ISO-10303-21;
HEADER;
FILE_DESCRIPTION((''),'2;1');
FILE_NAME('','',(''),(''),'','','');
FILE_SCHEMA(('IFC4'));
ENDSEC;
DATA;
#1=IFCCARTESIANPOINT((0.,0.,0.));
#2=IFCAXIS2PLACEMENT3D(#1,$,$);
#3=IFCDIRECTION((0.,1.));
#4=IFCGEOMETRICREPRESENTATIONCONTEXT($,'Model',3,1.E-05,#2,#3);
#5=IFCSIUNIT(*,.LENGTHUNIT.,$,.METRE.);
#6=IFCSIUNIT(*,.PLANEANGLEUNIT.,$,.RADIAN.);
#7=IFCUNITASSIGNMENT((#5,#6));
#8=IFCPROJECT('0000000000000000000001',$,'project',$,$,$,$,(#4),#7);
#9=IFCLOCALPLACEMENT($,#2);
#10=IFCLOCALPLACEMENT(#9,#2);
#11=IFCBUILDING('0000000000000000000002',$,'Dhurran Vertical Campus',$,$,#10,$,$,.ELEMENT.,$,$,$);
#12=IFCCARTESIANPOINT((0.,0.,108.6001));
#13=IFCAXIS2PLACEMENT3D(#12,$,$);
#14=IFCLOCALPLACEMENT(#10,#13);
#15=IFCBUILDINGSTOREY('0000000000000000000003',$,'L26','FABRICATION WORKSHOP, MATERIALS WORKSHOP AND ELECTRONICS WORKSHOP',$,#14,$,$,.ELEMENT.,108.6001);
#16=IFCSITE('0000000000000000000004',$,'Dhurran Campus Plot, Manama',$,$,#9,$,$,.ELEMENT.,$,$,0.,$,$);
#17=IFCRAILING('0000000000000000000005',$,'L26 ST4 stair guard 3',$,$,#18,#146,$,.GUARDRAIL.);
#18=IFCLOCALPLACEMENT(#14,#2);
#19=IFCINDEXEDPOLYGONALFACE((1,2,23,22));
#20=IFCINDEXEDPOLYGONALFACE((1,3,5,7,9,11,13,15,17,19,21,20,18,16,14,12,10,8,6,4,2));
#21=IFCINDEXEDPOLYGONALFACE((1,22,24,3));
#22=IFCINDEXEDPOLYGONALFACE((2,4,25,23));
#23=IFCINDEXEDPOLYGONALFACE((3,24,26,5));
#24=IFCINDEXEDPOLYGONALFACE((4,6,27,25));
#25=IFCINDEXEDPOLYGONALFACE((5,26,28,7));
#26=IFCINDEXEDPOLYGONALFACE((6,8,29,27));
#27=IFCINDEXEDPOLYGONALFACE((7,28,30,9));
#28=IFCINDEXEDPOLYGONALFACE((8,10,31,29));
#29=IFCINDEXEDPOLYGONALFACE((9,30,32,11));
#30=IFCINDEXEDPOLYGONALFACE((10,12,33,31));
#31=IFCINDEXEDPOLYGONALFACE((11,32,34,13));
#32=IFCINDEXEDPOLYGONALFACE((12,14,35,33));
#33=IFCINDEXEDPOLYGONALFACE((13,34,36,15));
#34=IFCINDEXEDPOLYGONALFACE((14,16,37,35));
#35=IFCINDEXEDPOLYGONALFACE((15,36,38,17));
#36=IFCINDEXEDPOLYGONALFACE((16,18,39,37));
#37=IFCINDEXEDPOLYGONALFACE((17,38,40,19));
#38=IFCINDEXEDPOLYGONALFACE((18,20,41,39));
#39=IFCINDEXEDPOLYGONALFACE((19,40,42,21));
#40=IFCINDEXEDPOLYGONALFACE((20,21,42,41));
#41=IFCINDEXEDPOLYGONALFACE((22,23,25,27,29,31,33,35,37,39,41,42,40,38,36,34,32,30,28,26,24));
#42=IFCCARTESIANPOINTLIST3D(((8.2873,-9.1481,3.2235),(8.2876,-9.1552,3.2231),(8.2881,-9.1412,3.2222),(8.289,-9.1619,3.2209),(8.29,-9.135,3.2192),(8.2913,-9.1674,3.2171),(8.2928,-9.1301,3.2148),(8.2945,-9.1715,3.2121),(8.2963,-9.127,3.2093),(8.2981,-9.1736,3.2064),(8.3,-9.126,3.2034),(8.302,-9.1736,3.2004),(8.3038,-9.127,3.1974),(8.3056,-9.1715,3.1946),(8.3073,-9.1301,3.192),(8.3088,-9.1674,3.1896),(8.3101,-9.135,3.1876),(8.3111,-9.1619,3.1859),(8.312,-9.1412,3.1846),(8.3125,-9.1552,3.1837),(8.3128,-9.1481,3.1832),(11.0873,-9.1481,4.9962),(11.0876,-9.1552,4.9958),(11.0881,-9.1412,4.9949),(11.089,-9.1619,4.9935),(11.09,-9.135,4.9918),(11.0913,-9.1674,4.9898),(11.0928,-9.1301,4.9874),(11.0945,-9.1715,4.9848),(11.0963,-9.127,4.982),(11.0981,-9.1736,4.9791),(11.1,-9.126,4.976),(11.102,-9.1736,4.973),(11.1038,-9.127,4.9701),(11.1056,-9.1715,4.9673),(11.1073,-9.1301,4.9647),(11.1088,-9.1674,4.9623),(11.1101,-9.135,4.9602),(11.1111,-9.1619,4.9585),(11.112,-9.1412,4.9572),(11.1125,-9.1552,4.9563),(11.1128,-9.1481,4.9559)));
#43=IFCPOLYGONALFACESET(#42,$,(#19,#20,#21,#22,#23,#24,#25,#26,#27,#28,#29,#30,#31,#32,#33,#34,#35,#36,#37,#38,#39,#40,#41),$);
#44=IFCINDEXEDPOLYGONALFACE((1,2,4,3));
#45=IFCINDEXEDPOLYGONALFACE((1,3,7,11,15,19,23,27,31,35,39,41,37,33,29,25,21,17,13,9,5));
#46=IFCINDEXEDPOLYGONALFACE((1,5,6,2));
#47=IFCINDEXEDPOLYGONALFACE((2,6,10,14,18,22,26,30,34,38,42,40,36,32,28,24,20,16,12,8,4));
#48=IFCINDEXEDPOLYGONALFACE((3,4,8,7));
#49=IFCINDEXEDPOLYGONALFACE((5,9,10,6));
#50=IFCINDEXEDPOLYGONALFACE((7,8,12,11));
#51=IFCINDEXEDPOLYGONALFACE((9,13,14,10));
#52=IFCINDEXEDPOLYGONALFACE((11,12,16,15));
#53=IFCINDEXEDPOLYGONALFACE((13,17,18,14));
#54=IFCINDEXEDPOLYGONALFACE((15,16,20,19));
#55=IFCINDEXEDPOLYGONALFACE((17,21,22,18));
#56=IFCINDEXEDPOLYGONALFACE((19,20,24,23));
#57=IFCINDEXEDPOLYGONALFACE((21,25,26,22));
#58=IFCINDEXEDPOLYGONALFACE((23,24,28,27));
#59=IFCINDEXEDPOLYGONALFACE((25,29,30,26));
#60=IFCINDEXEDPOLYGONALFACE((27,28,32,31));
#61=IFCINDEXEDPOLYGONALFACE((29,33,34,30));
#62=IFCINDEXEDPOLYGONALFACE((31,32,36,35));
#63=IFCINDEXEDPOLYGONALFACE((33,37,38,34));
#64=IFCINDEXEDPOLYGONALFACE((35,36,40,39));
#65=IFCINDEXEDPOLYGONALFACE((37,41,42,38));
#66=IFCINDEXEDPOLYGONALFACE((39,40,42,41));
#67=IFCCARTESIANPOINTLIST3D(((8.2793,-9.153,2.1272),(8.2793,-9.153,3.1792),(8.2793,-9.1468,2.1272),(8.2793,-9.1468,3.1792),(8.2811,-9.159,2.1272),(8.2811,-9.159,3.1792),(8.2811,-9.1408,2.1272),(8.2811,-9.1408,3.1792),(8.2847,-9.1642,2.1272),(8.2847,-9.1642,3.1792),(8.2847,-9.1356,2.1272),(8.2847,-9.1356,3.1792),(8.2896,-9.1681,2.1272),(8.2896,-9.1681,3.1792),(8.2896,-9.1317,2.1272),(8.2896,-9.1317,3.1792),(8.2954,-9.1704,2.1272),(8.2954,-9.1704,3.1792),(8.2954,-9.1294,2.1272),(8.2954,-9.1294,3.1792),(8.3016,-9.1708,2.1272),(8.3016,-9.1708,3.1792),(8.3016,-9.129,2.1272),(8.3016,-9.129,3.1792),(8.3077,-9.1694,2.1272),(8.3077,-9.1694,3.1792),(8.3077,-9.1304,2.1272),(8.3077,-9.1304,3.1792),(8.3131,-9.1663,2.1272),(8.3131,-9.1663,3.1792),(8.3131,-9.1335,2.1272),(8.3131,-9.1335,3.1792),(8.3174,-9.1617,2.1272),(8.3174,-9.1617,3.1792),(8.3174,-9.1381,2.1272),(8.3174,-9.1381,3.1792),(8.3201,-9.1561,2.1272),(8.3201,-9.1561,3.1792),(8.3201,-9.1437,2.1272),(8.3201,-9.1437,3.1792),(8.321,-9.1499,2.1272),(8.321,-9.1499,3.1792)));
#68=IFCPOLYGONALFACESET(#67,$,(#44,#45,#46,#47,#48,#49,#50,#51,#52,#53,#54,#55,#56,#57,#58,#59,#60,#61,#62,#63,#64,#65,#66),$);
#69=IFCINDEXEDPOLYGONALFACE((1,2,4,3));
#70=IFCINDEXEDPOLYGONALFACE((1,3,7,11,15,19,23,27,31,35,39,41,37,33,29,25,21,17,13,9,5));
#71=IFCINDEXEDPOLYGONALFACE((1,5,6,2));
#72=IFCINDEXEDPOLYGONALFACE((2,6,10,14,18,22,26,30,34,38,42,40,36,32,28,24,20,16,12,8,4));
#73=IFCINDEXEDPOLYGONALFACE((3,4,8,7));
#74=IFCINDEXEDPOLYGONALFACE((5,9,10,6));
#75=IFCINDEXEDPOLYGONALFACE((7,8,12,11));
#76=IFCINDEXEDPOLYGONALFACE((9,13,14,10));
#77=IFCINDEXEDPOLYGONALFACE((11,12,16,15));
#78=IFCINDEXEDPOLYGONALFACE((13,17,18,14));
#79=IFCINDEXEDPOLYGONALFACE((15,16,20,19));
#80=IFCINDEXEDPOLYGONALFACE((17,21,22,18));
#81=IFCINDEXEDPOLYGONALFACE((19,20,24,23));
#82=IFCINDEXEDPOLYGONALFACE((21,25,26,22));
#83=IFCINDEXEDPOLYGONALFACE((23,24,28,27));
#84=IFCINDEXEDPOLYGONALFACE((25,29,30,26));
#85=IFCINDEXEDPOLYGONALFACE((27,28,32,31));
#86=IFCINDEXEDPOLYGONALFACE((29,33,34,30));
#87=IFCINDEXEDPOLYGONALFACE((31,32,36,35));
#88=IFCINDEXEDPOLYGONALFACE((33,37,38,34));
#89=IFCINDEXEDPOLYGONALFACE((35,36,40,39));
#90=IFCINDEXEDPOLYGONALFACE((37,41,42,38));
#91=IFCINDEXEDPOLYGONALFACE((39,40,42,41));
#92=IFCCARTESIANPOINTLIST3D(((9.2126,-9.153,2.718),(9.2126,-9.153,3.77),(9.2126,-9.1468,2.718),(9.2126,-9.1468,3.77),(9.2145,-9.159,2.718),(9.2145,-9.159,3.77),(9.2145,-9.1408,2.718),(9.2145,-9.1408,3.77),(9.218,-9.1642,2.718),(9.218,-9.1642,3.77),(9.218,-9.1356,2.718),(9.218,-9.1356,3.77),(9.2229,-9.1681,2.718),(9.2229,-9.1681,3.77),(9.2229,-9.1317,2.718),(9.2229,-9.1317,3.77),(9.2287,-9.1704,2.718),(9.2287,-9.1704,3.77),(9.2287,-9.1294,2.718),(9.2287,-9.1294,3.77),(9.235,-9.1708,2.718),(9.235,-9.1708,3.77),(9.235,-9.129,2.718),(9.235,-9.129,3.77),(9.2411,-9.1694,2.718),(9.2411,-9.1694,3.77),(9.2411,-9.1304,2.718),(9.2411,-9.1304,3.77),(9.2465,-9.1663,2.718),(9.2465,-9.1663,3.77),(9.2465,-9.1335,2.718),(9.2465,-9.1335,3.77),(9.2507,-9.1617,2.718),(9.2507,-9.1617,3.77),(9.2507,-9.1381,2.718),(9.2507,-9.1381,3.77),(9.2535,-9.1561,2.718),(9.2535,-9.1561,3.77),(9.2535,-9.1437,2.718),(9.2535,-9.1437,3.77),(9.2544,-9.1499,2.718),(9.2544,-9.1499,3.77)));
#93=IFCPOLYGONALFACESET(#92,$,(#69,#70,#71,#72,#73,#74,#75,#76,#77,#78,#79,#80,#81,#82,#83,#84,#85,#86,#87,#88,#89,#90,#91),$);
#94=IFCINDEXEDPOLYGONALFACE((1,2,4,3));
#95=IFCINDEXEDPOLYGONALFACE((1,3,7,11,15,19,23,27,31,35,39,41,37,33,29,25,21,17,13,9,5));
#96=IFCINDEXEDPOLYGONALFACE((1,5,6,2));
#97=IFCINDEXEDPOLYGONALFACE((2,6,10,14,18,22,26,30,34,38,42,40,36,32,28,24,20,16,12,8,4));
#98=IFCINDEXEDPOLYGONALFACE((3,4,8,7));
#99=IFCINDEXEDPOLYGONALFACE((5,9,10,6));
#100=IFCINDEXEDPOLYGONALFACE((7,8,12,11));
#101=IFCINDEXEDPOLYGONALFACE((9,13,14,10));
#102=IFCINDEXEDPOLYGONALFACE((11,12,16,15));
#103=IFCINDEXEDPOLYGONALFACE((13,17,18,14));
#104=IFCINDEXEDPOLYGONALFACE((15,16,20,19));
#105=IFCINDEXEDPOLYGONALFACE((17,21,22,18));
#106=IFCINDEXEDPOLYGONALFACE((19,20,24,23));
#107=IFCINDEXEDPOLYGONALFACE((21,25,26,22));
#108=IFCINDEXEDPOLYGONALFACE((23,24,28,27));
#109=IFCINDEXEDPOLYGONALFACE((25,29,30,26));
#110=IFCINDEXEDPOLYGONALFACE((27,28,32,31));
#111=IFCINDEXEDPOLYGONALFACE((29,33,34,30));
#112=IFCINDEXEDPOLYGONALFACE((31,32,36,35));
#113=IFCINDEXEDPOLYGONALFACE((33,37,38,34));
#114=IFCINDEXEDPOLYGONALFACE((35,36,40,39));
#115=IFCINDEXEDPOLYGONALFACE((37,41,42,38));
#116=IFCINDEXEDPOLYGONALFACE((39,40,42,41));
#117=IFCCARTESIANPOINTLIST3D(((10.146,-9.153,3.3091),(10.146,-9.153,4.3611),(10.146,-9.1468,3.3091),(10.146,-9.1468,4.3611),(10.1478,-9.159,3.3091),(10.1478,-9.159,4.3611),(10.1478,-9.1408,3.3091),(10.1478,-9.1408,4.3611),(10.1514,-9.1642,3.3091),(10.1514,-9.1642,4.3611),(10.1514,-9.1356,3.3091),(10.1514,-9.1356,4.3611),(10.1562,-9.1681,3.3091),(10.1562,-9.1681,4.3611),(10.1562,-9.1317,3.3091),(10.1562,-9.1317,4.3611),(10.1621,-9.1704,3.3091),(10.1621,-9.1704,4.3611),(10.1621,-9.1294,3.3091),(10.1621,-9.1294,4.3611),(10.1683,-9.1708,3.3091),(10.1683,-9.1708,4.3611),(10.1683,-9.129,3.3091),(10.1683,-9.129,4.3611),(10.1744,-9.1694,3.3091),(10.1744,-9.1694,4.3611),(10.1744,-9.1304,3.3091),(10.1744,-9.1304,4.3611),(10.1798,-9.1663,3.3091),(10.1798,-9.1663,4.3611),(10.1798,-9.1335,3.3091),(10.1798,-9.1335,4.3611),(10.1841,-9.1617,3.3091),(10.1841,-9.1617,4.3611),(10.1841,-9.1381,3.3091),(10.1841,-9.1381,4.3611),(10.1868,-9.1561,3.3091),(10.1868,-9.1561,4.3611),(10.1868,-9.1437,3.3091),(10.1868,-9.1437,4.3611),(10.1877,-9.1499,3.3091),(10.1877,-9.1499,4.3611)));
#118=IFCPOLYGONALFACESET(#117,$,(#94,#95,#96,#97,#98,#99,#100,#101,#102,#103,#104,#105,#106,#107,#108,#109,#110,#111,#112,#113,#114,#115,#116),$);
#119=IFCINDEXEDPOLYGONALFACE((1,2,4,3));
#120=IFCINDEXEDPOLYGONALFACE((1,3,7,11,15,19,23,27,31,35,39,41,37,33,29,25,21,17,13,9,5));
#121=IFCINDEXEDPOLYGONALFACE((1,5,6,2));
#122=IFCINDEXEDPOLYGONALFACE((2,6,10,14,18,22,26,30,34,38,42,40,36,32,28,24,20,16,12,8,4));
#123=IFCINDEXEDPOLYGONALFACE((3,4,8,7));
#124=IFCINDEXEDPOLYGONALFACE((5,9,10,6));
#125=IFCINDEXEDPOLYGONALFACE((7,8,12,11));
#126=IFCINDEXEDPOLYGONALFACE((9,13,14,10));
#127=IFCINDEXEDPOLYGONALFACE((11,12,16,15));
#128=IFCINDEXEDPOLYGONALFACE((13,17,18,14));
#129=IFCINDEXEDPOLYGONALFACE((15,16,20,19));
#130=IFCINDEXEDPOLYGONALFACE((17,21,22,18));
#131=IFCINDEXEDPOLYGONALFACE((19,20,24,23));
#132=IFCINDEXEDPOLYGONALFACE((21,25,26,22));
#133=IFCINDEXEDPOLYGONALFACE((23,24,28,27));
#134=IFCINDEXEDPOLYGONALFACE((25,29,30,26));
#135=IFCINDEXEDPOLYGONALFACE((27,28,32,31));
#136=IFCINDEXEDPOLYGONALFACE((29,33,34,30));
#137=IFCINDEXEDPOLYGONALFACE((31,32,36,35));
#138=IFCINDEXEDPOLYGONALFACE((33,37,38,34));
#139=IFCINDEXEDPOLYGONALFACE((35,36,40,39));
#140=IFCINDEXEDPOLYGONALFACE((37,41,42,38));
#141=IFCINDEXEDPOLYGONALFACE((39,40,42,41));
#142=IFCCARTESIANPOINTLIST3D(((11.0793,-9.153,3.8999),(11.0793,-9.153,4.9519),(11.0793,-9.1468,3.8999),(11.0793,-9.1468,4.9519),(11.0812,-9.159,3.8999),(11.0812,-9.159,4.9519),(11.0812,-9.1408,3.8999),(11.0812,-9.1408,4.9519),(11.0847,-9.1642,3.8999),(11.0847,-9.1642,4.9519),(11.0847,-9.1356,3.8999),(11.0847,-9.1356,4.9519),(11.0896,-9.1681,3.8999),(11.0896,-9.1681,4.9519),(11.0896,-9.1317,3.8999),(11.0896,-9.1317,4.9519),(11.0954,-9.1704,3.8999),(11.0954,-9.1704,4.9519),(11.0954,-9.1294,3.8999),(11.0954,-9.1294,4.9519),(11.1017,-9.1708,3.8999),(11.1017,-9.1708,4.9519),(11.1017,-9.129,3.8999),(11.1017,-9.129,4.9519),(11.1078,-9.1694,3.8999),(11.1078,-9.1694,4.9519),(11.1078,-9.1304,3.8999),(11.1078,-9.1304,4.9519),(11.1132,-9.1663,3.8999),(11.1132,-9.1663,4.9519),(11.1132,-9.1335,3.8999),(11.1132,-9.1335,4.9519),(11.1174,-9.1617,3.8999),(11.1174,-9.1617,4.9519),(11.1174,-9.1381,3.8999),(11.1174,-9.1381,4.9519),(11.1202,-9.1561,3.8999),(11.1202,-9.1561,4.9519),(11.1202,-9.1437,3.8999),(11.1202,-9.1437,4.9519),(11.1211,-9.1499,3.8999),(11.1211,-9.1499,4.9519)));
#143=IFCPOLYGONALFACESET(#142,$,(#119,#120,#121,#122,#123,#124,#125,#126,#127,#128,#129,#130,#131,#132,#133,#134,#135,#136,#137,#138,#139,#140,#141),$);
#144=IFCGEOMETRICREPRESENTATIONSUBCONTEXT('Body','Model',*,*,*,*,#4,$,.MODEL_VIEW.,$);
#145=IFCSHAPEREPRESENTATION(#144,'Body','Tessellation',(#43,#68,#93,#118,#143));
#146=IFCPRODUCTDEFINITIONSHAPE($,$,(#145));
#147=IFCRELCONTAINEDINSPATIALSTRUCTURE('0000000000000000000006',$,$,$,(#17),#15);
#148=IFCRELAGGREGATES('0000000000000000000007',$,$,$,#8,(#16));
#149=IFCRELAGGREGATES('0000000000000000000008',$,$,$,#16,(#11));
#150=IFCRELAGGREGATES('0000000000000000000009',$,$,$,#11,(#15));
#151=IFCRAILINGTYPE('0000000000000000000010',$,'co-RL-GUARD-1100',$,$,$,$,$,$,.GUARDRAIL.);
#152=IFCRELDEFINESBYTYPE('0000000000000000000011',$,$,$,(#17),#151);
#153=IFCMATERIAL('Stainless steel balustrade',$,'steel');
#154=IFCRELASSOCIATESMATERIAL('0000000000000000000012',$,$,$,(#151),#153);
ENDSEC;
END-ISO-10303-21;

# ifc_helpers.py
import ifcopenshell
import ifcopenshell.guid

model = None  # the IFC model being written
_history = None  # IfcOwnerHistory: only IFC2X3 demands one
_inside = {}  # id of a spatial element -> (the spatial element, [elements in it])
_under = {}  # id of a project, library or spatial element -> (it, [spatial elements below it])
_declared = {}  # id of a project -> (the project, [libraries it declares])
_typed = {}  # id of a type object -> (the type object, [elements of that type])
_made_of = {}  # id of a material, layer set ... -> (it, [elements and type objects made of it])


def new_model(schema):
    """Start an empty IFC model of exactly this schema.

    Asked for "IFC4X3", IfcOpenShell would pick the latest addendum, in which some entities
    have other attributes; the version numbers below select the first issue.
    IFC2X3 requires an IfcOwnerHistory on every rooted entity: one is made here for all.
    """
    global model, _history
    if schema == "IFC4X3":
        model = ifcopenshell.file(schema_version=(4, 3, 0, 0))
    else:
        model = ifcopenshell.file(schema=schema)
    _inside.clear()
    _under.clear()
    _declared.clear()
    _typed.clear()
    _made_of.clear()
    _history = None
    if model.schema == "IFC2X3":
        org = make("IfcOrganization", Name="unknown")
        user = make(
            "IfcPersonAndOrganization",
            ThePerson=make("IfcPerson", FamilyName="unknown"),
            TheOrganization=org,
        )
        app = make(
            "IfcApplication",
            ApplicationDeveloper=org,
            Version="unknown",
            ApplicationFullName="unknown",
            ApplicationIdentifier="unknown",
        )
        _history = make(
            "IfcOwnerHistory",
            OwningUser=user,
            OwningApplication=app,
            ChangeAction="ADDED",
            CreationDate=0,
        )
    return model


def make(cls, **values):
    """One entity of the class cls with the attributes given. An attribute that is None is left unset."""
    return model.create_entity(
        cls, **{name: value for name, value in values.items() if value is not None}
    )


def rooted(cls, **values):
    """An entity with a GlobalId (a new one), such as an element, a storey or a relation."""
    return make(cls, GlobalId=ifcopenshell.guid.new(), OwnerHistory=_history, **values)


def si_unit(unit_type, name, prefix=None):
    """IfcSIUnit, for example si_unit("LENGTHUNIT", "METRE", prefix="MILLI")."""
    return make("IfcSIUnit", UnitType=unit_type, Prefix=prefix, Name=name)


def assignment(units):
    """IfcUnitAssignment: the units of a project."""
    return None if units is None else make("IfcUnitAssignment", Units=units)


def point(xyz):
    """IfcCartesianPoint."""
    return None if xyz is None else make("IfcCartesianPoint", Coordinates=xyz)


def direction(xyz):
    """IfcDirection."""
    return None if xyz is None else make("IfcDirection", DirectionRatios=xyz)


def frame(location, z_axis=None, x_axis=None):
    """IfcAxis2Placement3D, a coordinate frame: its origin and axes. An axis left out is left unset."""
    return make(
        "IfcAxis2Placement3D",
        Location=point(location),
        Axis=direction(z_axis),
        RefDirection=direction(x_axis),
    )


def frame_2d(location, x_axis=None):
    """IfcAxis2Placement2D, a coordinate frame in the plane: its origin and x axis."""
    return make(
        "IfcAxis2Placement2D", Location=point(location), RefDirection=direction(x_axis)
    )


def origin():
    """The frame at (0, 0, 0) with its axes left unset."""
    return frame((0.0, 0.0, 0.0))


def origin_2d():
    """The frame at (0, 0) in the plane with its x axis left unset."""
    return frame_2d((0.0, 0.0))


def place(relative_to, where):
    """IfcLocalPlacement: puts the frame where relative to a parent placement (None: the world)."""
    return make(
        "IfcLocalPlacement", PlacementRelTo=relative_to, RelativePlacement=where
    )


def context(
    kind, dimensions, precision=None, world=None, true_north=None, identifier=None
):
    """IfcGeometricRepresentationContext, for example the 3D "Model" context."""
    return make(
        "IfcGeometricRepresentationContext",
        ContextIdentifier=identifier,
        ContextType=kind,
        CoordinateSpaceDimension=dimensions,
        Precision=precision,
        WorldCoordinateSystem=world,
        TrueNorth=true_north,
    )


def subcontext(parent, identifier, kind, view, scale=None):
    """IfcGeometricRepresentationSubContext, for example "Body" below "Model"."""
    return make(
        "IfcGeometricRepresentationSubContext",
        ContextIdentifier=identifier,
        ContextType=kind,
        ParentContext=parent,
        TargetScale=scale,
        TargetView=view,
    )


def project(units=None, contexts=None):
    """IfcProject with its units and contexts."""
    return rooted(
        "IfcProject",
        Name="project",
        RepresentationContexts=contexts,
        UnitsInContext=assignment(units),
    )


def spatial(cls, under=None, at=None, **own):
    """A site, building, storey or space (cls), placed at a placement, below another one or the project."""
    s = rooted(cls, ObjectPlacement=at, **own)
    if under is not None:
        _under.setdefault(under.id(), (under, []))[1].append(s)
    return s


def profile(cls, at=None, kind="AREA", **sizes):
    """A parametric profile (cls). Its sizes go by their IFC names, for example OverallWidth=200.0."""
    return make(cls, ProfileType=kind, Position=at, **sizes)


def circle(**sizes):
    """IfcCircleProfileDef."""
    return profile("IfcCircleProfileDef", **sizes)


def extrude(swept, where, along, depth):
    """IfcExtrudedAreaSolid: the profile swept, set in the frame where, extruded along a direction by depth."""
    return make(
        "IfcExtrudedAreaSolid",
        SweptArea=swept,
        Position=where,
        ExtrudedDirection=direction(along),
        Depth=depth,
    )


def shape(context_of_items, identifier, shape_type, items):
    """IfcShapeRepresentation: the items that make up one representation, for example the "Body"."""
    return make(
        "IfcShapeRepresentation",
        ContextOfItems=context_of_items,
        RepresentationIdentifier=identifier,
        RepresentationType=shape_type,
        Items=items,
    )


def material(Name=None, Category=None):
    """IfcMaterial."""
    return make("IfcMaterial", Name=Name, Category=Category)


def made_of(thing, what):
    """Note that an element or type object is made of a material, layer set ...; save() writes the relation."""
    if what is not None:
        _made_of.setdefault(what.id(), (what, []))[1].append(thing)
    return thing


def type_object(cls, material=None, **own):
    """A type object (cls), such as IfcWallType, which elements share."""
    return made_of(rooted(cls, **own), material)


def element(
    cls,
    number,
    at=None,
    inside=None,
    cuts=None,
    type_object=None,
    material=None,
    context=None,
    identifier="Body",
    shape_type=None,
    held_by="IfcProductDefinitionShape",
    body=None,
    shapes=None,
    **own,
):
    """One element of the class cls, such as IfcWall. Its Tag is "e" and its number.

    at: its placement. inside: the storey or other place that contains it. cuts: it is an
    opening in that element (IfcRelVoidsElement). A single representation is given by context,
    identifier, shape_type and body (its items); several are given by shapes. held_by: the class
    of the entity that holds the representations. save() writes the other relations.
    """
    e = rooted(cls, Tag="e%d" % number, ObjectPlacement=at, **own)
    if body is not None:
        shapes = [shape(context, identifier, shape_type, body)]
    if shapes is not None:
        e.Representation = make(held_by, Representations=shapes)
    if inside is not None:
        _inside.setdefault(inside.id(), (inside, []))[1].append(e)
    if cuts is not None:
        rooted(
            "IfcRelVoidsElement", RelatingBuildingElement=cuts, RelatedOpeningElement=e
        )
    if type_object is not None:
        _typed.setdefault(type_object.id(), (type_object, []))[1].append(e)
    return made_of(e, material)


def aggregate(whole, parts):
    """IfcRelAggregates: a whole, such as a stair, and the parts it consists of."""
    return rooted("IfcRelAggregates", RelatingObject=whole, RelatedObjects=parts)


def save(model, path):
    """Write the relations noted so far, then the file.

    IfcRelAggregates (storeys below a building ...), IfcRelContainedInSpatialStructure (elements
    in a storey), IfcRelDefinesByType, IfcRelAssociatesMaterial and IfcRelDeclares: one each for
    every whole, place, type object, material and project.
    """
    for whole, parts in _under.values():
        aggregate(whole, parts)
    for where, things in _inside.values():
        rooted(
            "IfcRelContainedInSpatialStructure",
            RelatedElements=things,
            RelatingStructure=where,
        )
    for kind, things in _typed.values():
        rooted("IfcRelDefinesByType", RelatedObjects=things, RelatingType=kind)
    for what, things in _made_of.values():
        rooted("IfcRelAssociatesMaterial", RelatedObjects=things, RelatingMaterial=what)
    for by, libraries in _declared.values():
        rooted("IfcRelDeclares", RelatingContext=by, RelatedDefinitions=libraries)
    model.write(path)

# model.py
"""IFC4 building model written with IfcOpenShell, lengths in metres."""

from ifc_helpers import new_model, si_unit, direction, frame, origin, origin_2d, place, context, subcontext, project, spatial, circle, extrude, material, type_object, element, save


model = new_model("IFC4")

# Units and contexts
model_context = context("Model", 3, precision=1e-05, world=origin(), true_north=direction((0.0, 1.0)))
body_context = subcontext(model_context, "Body", "Model", "MODEL_VIEW")
ifc_project = project(units=[si_unit("LENGTHUNIT", "METRE"), si_unit("PLANEANGLEUNIT", "RADIAN")], contexts=[model_context])

# Site, building, storey
site_placement = place(None, origin())
site = spatial("IfcSite", under=ifc_project, at=site_placement, Name="Dhurran Campus Plot, Manama", CompositionType="ELEMENT", RefElevation=0.0)
building_placement = place(site_placement, origin())
building = spatial("IfcBuilding", under=site, at=building_placement, Name="Dhurran Vertical Campus", CompositionType="ELEMENT")
storey_placement = place(building_placement, frame((0.0, 0.0, 108.6001)))
storey = spatial("IfcBuildingStorey", under=building, at=storey_placement, Name="L26", Description="FABRICATION WORKSHOP, MATERIALS WORKSHOP AND ELECTRONICS WORKSHOP", CompositionType="ELEMENT", Elevation=108.6001)

# Railing
ifc_material_1 = material(Name="Stainless steel balustrade", Category="steel")
railing_type_1 = type_object("IfcRailingType", Name="co-RL-GUARD-1100", PredefinedType="GUARDRAIL", material=ifc_material_1)
railing_1_placement = place(storey_placement, frame((8.3, -9.1499, 2.1272)))
element("IfcRailing", 1, at=railing_1_placement, inside=storey, type_object=railing_type_1, Name="L26 ST4 stair guard 3", PredefinedType="GUARDRAIL", context=body_context, shape_type="SweptSolid", body=[
    extrude(circle(Radius=0.0239, at=origin_2d()), frame((0.0, 0.0, 1.0762), z_axis=(0.844909, 0.0, 0.53491), x_axis=(0.0, 1.0, 0.0)), (0.0, 0.0, 1.0), 3.314),
    extrude(circle(Radius=0.021, at=origin_2d()), origin(), (0.0, 0.0, 1.0), 1.052),
    extrude(circle(Radius=0.021, at=origin_2d()), frame((0.9333, 0.0, 0.5908)), (0.0, 0.0, 1.0), 1.052),
    extrude(circle(Radius=0.021, at=origin_2d()), frame((1.8667, 0.0, 1.1819)), (0.0, 0.0, 1.0), 1.052),
    extrude(circle(Radius=0.021, at=origin_2d()), frame((2.8, 0.0, 1.7727)), (0.0, 0.0, 1.0), 1.052),
])

save(model, "model.ifc")
